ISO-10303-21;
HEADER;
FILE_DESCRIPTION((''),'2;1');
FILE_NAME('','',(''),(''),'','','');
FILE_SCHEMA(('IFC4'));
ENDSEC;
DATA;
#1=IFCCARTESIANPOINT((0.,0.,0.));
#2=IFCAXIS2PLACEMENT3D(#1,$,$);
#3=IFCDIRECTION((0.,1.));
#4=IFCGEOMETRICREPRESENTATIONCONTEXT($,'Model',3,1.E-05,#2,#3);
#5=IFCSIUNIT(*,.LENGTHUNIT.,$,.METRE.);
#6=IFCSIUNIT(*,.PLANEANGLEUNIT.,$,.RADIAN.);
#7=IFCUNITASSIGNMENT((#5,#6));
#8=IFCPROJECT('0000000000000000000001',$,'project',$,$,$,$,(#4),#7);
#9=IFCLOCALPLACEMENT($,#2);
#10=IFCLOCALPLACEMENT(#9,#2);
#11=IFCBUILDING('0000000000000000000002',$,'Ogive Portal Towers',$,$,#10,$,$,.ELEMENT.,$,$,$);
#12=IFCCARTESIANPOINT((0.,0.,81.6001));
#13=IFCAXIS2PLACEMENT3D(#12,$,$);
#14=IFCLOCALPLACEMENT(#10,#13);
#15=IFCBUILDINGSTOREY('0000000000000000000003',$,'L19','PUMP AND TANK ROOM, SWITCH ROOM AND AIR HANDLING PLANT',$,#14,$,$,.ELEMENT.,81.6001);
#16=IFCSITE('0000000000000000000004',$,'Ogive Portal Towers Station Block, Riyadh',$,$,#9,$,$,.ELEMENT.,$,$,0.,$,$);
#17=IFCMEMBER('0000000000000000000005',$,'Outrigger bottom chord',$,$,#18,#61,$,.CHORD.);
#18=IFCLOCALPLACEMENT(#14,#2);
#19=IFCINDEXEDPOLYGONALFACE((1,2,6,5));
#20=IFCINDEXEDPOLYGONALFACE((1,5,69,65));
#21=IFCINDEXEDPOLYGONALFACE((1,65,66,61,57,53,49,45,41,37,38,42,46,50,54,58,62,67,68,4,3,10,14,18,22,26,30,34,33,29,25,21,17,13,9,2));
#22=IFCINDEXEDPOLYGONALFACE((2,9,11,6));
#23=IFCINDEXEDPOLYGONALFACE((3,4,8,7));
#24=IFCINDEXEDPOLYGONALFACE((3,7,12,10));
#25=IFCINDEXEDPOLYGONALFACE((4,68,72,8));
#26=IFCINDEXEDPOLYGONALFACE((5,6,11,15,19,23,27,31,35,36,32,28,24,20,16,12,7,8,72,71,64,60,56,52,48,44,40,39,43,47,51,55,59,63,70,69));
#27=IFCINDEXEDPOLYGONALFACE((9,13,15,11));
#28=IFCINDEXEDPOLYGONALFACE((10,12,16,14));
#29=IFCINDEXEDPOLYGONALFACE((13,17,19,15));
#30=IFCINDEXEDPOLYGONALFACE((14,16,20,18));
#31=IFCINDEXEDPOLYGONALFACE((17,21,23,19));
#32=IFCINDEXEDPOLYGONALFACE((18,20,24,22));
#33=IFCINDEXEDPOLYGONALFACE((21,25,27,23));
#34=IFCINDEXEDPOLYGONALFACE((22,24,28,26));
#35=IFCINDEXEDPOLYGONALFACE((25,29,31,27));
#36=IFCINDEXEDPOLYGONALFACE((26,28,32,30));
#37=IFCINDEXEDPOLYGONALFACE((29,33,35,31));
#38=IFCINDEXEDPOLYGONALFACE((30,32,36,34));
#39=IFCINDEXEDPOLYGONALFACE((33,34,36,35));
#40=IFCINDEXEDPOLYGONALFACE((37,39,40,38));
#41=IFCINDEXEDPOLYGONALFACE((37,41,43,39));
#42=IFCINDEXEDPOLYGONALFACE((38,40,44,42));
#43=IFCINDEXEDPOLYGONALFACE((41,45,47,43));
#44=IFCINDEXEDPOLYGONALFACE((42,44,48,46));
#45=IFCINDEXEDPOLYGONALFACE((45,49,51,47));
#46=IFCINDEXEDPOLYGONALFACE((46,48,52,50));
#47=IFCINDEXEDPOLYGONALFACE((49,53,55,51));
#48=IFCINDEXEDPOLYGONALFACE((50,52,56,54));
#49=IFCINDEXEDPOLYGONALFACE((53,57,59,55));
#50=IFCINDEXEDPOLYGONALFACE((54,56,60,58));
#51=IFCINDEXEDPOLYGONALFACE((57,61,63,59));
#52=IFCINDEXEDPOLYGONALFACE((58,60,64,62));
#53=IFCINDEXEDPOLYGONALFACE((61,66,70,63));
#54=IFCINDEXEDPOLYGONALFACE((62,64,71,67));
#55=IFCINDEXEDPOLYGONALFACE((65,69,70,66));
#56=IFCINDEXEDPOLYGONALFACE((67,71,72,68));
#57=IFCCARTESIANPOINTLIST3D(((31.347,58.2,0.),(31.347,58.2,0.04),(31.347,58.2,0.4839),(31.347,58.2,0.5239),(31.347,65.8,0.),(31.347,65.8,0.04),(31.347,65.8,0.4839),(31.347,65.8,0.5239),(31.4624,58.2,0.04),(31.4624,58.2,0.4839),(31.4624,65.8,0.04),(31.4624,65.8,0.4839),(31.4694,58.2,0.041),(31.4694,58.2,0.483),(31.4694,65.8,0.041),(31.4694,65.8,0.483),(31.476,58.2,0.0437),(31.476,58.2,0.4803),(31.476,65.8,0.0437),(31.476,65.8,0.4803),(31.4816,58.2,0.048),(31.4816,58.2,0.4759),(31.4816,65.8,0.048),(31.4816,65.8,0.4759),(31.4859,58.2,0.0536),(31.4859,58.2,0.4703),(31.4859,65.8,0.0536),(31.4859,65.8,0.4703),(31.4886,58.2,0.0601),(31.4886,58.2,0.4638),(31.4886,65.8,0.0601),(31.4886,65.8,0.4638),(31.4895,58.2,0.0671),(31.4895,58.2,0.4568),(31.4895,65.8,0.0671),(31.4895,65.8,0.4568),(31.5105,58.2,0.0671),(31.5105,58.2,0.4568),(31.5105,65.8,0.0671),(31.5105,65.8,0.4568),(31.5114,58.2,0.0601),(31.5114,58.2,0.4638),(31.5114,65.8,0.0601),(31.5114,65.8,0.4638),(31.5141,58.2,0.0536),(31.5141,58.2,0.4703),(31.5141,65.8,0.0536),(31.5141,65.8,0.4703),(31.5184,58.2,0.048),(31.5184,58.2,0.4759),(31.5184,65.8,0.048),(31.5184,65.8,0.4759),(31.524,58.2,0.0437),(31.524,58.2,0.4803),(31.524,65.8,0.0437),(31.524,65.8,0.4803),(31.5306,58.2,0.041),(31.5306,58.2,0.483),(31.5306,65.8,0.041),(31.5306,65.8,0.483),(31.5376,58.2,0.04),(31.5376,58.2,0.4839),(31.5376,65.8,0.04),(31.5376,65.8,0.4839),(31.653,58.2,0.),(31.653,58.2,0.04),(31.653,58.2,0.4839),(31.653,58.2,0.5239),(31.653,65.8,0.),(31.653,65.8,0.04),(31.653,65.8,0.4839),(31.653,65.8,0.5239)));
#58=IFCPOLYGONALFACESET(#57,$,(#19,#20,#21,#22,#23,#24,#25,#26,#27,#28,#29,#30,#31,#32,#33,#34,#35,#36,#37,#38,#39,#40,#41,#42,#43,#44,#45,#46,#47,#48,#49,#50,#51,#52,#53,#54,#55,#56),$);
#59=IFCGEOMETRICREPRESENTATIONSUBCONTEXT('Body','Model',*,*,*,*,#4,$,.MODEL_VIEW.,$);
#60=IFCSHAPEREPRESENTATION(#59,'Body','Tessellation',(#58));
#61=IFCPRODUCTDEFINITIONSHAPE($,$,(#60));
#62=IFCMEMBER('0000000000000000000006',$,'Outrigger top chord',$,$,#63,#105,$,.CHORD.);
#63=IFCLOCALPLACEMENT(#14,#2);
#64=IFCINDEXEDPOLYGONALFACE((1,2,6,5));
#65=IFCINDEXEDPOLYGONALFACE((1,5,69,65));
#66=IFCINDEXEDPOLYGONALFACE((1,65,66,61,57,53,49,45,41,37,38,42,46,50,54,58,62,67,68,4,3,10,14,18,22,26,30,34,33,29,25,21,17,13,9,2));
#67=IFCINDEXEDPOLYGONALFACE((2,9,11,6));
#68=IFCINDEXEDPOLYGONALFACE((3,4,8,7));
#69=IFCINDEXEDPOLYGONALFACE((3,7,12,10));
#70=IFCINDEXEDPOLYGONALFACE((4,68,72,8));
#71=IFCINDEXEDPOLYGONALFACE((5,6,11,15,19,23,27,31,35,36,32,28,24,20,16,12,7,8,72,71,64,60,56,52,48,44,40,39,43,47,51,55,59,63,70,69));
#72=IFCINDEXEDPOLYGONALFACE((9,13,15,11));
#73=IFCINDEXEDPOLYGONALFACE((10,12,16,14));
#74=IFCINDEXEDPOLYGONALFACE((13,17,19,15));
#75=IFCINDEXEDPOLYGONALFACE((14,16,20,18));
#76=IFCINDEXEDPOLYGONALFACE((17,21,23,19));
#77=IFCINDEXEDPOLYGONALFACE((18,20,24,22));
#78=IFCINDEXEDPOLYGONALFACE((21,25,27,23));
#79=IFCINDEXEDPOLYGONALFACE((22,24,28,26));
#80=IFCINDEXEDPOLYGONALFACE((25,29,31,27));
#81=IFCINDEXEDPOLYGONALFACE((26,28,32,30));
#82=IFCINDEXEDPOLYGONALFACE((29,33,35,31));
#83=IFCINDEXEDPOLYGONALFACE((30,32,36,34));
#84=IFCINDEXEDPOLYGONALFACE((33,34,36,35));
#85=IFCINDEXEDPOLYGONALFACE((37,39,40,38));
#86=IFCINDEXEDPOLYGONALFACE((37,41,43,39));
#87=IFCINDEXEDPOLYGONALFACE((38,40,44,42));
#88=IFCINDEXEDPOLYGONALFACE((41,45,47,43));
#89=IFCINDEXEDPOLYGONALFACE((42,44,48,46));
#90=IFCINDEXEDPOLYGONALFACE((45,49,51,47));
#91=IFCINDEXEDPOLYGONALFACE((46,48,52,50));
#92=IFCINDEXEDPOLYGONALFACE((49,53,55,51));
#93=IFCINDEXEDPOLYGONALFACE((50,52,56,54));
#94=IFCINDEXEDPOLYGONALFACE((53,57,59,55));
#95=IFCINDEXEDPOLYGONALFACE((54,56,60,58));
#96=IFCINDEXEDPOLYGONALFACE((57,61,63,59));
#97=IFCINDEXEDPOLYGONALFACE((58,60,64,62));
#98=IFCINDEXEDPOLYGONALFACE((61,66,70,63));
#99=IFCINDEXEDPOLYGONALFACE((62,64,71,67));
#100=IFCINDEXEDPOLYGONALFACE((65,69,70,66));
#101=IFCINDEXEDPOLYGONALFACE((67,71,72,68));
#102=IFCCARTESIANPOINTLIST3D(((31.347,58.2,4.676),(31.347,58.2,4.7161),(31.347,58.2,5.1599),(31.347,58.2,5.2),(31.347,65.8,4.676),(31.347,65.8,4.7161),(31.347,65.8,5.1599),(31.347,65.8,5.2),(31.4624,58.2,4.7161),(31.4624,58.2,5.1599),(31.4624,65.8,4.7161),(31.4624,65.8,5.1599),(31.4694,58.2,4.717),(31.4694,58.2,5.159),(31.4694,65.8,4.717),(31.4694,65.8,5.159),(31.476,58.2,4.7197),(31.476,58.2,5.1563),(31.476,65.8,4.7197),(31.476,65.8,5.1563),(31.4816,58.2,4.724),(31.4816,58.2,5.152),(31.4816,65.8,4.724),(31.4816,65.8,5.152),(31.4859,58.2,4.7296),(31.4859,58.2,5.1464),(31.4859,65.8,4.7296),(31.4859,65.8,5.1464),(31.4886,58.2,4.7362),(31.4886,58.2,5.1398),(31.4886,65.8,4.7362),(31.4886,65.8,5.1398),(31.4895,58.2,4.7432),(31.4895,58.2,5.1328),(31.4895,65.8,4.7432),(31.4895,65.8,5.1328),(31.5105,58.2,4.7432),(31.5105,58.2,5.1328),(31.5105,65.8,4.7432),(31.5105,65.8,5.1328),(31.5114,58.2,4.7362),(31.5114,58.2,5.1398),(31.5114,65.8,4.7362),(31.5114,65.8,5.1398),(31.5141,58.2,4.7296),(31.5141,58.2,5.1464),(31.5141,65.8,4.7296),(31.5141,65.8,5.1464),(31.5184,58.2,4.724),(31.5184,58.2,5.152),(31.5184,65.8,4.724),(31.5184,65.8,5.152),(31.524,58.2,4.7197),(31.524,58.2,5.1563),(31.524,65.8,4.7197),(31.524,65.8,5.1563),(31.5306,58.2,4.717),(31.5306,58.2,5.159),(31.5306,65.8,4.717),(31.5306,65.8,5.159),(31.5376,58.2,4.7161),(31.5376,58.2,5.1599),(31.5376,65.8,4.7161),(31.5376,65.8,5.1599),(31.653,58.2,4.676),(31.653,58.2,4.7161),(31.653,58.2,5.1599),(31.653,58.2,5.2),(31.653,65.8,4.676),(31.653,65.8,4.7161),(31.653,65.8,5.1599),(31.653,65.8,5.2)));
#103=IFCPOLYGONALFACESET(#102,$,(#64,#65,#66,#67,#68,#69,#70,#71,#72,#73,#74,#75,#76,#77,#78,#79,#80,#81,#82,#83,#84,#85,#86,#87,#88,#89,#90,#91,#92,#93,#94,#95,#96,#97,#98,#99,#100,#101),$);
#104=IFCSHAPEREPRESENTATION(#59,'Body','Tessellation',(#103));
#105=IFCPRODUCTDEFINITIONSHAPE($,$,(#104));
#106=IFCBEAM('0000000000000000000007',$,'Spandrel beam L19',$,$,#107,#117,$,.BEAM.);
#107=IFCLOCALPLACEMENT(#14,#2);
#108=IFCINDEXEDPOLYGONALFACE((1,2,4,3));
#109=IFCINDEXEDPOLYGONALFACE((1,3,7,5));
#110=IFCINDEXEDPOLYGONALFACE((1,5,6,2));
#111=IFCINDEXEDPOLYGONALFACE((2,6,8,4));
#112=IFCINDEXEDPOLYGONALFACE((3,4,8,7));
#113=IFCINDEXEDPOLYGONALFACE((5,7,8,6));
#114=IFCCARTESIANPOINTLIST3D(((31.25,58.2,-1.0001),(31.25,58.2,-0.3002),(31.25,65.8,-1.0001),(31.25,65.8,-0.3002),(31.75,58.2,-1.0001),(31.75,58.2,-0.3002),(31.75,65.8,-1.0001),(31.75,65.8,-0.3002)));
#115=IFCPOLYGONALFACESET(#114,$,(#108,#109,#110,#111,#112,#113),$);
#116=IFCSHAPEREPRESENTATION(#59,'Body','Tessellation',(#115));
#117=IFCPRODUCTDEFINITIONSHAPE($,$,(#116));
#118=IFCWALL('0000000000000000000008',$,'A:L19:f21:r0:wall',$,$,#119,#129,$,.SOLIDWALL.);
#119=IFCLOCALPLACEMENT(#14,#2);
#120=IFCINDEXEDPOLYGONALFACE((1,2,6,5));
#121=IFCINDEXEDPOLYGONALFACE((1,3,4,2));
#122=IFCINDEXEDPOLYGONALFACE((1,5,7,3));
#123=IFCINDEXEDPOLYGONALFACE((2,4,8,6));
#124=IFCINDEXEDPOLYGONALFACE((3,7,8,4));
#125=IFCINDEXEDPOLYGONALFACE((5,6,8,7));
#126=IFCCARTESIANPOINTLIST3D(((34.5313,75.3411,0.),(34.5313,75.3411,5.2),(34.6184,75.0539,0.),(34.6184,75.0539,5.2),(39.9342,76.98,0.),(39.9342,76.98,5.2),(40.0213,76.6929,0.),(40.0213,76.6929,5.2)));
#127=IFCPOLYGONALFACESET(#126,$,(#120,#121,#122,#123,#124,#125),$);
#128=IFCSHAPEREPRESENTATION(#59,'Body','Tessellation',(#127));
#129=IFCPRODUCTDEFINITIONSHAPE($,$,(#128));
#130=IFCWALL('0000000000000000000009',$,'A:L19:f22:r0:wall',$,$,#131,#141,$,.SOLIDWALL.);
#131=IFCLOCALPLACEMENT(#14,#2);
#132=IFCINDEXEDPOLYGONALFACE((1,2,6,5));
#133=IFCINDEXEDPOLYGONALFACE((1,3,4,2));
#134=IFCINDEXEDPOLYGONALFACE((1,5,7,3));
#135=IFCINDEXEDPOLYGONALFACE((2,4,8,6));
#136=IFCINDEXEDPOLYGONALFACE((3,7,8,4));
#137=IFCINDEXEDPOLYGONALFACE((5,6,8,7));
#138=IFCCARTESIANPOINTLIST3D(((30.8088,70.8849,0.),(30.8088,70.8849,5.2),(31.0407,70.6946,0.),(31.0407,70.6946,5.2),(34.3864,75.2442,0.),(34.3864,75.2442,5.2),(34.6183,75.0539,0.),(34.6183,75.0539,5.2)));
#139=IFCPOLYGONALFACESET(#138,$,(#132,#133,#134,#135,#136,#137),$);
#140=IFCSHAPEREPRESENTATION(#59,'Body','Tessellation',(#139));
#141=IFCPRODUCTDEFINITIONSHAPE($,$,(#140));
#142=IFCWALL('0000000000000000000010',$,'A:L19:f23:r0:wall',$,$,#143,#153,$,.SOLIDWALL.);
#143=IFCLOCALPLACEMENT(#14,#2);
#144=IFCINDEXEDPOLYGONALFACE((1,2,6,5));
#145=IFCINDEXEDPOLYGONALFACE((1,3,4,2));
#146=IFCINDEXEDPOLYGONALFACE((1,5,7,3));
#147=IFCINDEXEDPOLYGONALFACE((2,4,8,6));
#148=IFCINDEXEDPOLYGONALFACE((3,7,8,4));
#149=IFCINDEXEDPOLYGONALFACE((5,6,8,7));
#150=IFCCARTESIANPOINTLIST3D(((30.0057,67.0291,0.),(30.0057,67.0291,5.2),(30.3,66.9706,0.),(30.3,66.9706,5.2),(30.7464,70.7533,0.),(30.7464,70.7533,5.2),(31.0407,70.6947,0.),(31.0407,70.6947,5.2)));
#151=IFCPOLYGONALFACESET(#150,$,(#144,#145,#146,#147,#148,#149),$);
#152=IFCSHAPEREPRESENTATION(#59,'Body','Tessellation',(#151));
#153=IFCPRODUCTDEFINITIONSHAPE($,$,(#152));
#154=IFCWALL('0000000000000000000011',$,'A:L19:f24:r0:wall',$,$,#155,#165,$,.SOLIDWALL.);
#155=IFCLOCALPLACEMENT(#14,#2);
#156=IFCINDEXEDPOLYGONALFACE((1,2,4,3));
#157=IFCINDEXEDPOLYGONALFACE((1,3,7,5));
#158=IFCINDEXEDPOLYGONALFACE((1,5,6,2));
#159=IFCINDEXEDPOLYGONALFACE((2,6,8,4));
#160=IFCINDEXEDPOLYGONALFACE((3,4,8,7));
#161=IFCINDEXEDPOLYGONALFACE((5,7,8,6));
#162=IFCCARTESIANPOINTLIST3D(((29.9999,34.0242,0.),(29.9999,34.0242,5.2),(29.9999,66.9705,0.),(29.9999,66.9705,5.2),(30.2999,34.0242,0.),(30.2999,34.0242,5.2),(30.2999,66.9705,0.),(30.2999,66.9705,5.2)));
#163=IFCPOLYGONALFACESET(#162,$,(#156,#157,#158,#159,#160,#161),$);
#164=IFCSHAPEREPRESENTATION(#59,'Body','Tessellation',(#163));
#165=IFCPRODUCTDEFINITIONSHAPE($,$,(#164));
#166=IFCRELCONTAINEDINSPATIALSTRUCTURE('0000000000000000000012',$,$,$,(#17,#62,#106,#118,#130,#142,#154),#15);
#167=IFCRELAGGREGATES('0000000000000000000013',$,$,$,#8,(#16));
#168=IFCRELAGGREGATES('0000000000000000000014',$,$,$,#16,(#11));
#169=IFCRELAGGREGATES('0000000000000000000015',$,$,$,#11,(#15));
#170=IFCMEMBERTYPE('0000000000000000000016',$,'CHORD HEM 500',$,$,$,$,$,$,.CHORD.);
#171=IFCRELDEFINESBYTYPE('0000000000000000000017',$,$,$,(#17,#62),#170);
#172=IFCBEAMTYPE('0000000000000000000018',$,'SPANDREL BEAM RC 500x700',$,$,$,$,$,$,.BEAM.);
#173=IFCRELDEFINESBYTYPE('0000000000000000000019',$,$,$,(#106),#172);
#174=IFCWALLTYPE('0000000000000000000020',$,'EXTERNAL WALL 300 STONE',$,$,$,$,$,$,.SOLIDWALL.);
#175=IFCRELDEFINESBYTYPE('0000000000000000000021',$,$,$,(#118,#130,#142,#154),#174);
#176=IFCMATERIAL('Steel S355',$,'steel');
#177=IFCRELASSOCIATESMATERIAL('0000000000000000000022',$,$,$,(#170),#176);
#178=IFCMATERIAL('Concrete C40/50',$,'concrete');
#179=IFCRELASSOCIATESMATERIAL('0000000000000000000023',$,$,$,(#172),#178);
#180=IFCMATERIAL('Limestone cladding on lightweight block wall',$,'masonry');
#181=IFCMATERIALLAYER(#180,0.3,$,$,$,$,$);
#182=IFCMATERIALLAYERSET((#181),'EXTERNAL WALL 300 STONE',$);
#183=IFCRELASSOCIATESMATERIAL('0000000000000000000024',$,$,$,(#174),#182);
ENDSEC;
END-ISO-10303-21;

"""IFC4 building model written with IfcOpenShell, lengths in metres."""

from ifc_helpers import new_model, si_unit, direction, frame, frame_2d, origin, origin_2d, place, context, subcontext, project, spatial, rectangle, i_section, extrude, material, layer, layer_set, material_profile, profile_set, type_object, element, save


model = new_model("IFC4")

# Units and contexts
model_context = context("Model", 3, precision=1e-05, world=origin(), true_north=direction((0.0, 1.0)))
body_context = subcontext(model_context, "Body", "Model", "MODEL_VIEW")
ifc_project = project(units=[si_unit("LENGTHUNIT", "METRE"), si_unit("PLANEANGLEUNIT", "RADIAN")], contexts=[model_context])

# Site, building, storey
site_placement = place(None, origin())
site = spatial("IfcSite", under=ifc_project, at=site_placement, Name="Ogive Portal Towers Station Block, Riyadh", CompositionType="ELEMENT", RefElevation=0.0)
building_placement = place(site_placement, origin())
building = spatial("IfcBuilding", under=site, at=building_placement, Name="Ogive Portal Towers", CompositionType="ELEMENT")
storey_placement = place(building_placement, frame((0.0, 0.0, 81.6001)))
storey = spatial("IfcBuildingStorey", under=building, at=storey_placement, Name="L19", Description="PUMP AND TANK ROOM, SWITCH ROOM AND AIR HANDLING PLANT", CompositionType="ELEMENT", Elevation=81.6001)

# Members
ifc_material_1 = material(Name="Steel S355", Category="steel")
ifc_material_profile_1 = material_profile(ifc_material_1, i_section(OverallWidth=0.3059, OverallDepth=0.5239, WebThickness=0.021, FlangeThickness=0.04, FilletRadius=0.0271, at=origin_2d()), Name="HEM 500")
ifc_profile_set_1 = profile_set([ifc_material_profile_1], Name="Steel S355")
member_type_1 = type_object("IfcMemberType", Name="CHORD HEM 500", PredefinedType="CHORD", material=ifc_profile_set_1)
for number, where, z_axis, x_axis, name in (
    (1, (31.5, 65.8, 0.262), (0.0, -1.0, 0.0), (1.0, 0.0, 0.0), "Outrigger bottom chord"),
    (2, (31.5, 65.8, 4.938), (0.0, -1.0, 0.0), (1.0, 0.0, 0.0), "Outrigger top chord"),
):
    element("IfcMember", number, at=place(storey_placement, frame(where, z_axis=z_axis, x_axis=x_axis)), inside=storey, type_object=member_type_1, Name=name, PredefinedType="CHORD", context=body_context, shape_type="SweptSolid", body=[
        extrude(i_section(OverallWidth=0.3059, OverallDepth=0.5239, WebThickness=0.021, FlangeThickness=0.04, FilletRadius=0.0271, at=origin_2d()), origin(), (0.0, 0.0, 1.0), 7.6001),
    ])

# Beam
ifc_material_2 = material(Name="Concrete C40/50", Category="concrete")
ifc_material_profile_2 = material_profile(ifc_material_2, rectangle(XDim=0.5, YDim=0.7, at=origin_2d()), Name="RC 500x700")
ifc_profile_set_2 = profile_set([ifc_material_profile_2], Name="Concrete C40/50")
beam_type = type_object("IfcBeamType", Name="SPANDREL BEAM RC 500x700", PredefinedType="BEAM", material=ifc_profile_set_2)
beam_placement = place(storey_placement, frame((31.5, 58.2, -0.6501), z_axis=(0.0, 1.0, 0.0), x_axis=(-1.0, 0.0, 0.0)))
element("IfcBeam", 3, at=beam_placement, inside=storey, type_object=beam_type, Name="Spandrel beam L19", PredefinedType="BEAM", context=body_context, shape_type="SweptSolid", body=[
    extrude(rectangle(XDim=0.5, YDim=0.7, at=origin_2d()), origin(), (0.0, 0.0, 1.0), 7.6001),
])

# Walls
ifc_material_3 = material(Name="Limestone cladding on lightweight block wall", Category="masonry")
ifc_layer_1 = layer(ifc_material_3, 0.3)
ifc_layer_set_1 = layer_set([ifc_layer_1], Name="EXTERNAL WALL 300 STONE")
wall_type_1 = type_object("IfcWallType", Name="EXTERNAL WALL 300 STONE", PredefinedType="SOLIDWALL", material=ifc_layer_set_1)
wall_1_placement = place(storey_placement, frame((39.9778, 76.8364, 0.0), z_axis=(0.0, 0.0, 1.0), x_axis=(-0.956941, -0.290282, 0.0)))
element("IfcWall", 4, at=wall_1_placement, inside=storey, type_object=wall_type_1, Name="A:L19:f21:r0:wall", PredefinedType="SOLIDWALL", context=body_context, shape_type="SweptSolid", body=[
    extrude(rectangle(XDim=5.646, YDim=0.3, at=frame_2d((2.823, 0.0))), origin(), (0.0, 0.0, 1.0), 5.2),
])
wall_2_placement = place(storey_placement, frame((34.5024, 75.1492, 0.0), z_axis=(0.0, 0.0, 1.0), x_axis=(-0.634392, -0.773011, 0.0)))
element("IfcWall", 5, at=wall_2_placement, inside=storey, type_object=wall_type_1, Name="A:L19:f22:r0:wall", PredefinedType="SOLIDWALL", context=body_context, shape_type="SweptSolid", body=[
    extrude(rectangle(XDim=5.6394, YDim=0.3, at=frame_2d((2.8198, 0.0))), origin(), (0.0, 0.0, 1.0), 5.2),
])
wall_3_placement = place(storey_placement, frame((30.8936, 70.7239, 0.0), z_axis=(0.0, 0.0, 1.0), x_axis=(-0.195077, -0.980788, 0.0)))
element("IfcWall", 6, at=wall_3_placement, inside=storey, type_object=wall_type_1, Name="A:L19:f23:r0:wall", PredefinedType="SOLIDWALL", context=body_context, shape_type="SweptSolid", body=[
    extrude(rectangle(XDim=3.7971, YDim=0.3, at=frame_2d((1.8984, 0.0))), origin(), (0.0, 0.0, 1.0), 5.2),
])
wall_4_placement = place(storey_placement, frame((30.1499, 66.9705, 0.0), z_axis=(0.0, 0.0, 1.0), x_axis=(0.0, -1.0, 0.0)))
element("IfcWall", 7, at=wall_4_placement, inside=storey, type_object=wall_type_1, Name="A:L19:f24:r0:wall", PredefinedType="SOLIDWALL", context=body_context, shape_type="SweptSolid", body=[
    extrude(rectangle(XDim=32.9463, YDim=0.3, at=frame_2d((16.4731, 0.0))), origin(), (0.0, 0.0, 1.0), 5.2),
])

save(model, "model.ifc")
